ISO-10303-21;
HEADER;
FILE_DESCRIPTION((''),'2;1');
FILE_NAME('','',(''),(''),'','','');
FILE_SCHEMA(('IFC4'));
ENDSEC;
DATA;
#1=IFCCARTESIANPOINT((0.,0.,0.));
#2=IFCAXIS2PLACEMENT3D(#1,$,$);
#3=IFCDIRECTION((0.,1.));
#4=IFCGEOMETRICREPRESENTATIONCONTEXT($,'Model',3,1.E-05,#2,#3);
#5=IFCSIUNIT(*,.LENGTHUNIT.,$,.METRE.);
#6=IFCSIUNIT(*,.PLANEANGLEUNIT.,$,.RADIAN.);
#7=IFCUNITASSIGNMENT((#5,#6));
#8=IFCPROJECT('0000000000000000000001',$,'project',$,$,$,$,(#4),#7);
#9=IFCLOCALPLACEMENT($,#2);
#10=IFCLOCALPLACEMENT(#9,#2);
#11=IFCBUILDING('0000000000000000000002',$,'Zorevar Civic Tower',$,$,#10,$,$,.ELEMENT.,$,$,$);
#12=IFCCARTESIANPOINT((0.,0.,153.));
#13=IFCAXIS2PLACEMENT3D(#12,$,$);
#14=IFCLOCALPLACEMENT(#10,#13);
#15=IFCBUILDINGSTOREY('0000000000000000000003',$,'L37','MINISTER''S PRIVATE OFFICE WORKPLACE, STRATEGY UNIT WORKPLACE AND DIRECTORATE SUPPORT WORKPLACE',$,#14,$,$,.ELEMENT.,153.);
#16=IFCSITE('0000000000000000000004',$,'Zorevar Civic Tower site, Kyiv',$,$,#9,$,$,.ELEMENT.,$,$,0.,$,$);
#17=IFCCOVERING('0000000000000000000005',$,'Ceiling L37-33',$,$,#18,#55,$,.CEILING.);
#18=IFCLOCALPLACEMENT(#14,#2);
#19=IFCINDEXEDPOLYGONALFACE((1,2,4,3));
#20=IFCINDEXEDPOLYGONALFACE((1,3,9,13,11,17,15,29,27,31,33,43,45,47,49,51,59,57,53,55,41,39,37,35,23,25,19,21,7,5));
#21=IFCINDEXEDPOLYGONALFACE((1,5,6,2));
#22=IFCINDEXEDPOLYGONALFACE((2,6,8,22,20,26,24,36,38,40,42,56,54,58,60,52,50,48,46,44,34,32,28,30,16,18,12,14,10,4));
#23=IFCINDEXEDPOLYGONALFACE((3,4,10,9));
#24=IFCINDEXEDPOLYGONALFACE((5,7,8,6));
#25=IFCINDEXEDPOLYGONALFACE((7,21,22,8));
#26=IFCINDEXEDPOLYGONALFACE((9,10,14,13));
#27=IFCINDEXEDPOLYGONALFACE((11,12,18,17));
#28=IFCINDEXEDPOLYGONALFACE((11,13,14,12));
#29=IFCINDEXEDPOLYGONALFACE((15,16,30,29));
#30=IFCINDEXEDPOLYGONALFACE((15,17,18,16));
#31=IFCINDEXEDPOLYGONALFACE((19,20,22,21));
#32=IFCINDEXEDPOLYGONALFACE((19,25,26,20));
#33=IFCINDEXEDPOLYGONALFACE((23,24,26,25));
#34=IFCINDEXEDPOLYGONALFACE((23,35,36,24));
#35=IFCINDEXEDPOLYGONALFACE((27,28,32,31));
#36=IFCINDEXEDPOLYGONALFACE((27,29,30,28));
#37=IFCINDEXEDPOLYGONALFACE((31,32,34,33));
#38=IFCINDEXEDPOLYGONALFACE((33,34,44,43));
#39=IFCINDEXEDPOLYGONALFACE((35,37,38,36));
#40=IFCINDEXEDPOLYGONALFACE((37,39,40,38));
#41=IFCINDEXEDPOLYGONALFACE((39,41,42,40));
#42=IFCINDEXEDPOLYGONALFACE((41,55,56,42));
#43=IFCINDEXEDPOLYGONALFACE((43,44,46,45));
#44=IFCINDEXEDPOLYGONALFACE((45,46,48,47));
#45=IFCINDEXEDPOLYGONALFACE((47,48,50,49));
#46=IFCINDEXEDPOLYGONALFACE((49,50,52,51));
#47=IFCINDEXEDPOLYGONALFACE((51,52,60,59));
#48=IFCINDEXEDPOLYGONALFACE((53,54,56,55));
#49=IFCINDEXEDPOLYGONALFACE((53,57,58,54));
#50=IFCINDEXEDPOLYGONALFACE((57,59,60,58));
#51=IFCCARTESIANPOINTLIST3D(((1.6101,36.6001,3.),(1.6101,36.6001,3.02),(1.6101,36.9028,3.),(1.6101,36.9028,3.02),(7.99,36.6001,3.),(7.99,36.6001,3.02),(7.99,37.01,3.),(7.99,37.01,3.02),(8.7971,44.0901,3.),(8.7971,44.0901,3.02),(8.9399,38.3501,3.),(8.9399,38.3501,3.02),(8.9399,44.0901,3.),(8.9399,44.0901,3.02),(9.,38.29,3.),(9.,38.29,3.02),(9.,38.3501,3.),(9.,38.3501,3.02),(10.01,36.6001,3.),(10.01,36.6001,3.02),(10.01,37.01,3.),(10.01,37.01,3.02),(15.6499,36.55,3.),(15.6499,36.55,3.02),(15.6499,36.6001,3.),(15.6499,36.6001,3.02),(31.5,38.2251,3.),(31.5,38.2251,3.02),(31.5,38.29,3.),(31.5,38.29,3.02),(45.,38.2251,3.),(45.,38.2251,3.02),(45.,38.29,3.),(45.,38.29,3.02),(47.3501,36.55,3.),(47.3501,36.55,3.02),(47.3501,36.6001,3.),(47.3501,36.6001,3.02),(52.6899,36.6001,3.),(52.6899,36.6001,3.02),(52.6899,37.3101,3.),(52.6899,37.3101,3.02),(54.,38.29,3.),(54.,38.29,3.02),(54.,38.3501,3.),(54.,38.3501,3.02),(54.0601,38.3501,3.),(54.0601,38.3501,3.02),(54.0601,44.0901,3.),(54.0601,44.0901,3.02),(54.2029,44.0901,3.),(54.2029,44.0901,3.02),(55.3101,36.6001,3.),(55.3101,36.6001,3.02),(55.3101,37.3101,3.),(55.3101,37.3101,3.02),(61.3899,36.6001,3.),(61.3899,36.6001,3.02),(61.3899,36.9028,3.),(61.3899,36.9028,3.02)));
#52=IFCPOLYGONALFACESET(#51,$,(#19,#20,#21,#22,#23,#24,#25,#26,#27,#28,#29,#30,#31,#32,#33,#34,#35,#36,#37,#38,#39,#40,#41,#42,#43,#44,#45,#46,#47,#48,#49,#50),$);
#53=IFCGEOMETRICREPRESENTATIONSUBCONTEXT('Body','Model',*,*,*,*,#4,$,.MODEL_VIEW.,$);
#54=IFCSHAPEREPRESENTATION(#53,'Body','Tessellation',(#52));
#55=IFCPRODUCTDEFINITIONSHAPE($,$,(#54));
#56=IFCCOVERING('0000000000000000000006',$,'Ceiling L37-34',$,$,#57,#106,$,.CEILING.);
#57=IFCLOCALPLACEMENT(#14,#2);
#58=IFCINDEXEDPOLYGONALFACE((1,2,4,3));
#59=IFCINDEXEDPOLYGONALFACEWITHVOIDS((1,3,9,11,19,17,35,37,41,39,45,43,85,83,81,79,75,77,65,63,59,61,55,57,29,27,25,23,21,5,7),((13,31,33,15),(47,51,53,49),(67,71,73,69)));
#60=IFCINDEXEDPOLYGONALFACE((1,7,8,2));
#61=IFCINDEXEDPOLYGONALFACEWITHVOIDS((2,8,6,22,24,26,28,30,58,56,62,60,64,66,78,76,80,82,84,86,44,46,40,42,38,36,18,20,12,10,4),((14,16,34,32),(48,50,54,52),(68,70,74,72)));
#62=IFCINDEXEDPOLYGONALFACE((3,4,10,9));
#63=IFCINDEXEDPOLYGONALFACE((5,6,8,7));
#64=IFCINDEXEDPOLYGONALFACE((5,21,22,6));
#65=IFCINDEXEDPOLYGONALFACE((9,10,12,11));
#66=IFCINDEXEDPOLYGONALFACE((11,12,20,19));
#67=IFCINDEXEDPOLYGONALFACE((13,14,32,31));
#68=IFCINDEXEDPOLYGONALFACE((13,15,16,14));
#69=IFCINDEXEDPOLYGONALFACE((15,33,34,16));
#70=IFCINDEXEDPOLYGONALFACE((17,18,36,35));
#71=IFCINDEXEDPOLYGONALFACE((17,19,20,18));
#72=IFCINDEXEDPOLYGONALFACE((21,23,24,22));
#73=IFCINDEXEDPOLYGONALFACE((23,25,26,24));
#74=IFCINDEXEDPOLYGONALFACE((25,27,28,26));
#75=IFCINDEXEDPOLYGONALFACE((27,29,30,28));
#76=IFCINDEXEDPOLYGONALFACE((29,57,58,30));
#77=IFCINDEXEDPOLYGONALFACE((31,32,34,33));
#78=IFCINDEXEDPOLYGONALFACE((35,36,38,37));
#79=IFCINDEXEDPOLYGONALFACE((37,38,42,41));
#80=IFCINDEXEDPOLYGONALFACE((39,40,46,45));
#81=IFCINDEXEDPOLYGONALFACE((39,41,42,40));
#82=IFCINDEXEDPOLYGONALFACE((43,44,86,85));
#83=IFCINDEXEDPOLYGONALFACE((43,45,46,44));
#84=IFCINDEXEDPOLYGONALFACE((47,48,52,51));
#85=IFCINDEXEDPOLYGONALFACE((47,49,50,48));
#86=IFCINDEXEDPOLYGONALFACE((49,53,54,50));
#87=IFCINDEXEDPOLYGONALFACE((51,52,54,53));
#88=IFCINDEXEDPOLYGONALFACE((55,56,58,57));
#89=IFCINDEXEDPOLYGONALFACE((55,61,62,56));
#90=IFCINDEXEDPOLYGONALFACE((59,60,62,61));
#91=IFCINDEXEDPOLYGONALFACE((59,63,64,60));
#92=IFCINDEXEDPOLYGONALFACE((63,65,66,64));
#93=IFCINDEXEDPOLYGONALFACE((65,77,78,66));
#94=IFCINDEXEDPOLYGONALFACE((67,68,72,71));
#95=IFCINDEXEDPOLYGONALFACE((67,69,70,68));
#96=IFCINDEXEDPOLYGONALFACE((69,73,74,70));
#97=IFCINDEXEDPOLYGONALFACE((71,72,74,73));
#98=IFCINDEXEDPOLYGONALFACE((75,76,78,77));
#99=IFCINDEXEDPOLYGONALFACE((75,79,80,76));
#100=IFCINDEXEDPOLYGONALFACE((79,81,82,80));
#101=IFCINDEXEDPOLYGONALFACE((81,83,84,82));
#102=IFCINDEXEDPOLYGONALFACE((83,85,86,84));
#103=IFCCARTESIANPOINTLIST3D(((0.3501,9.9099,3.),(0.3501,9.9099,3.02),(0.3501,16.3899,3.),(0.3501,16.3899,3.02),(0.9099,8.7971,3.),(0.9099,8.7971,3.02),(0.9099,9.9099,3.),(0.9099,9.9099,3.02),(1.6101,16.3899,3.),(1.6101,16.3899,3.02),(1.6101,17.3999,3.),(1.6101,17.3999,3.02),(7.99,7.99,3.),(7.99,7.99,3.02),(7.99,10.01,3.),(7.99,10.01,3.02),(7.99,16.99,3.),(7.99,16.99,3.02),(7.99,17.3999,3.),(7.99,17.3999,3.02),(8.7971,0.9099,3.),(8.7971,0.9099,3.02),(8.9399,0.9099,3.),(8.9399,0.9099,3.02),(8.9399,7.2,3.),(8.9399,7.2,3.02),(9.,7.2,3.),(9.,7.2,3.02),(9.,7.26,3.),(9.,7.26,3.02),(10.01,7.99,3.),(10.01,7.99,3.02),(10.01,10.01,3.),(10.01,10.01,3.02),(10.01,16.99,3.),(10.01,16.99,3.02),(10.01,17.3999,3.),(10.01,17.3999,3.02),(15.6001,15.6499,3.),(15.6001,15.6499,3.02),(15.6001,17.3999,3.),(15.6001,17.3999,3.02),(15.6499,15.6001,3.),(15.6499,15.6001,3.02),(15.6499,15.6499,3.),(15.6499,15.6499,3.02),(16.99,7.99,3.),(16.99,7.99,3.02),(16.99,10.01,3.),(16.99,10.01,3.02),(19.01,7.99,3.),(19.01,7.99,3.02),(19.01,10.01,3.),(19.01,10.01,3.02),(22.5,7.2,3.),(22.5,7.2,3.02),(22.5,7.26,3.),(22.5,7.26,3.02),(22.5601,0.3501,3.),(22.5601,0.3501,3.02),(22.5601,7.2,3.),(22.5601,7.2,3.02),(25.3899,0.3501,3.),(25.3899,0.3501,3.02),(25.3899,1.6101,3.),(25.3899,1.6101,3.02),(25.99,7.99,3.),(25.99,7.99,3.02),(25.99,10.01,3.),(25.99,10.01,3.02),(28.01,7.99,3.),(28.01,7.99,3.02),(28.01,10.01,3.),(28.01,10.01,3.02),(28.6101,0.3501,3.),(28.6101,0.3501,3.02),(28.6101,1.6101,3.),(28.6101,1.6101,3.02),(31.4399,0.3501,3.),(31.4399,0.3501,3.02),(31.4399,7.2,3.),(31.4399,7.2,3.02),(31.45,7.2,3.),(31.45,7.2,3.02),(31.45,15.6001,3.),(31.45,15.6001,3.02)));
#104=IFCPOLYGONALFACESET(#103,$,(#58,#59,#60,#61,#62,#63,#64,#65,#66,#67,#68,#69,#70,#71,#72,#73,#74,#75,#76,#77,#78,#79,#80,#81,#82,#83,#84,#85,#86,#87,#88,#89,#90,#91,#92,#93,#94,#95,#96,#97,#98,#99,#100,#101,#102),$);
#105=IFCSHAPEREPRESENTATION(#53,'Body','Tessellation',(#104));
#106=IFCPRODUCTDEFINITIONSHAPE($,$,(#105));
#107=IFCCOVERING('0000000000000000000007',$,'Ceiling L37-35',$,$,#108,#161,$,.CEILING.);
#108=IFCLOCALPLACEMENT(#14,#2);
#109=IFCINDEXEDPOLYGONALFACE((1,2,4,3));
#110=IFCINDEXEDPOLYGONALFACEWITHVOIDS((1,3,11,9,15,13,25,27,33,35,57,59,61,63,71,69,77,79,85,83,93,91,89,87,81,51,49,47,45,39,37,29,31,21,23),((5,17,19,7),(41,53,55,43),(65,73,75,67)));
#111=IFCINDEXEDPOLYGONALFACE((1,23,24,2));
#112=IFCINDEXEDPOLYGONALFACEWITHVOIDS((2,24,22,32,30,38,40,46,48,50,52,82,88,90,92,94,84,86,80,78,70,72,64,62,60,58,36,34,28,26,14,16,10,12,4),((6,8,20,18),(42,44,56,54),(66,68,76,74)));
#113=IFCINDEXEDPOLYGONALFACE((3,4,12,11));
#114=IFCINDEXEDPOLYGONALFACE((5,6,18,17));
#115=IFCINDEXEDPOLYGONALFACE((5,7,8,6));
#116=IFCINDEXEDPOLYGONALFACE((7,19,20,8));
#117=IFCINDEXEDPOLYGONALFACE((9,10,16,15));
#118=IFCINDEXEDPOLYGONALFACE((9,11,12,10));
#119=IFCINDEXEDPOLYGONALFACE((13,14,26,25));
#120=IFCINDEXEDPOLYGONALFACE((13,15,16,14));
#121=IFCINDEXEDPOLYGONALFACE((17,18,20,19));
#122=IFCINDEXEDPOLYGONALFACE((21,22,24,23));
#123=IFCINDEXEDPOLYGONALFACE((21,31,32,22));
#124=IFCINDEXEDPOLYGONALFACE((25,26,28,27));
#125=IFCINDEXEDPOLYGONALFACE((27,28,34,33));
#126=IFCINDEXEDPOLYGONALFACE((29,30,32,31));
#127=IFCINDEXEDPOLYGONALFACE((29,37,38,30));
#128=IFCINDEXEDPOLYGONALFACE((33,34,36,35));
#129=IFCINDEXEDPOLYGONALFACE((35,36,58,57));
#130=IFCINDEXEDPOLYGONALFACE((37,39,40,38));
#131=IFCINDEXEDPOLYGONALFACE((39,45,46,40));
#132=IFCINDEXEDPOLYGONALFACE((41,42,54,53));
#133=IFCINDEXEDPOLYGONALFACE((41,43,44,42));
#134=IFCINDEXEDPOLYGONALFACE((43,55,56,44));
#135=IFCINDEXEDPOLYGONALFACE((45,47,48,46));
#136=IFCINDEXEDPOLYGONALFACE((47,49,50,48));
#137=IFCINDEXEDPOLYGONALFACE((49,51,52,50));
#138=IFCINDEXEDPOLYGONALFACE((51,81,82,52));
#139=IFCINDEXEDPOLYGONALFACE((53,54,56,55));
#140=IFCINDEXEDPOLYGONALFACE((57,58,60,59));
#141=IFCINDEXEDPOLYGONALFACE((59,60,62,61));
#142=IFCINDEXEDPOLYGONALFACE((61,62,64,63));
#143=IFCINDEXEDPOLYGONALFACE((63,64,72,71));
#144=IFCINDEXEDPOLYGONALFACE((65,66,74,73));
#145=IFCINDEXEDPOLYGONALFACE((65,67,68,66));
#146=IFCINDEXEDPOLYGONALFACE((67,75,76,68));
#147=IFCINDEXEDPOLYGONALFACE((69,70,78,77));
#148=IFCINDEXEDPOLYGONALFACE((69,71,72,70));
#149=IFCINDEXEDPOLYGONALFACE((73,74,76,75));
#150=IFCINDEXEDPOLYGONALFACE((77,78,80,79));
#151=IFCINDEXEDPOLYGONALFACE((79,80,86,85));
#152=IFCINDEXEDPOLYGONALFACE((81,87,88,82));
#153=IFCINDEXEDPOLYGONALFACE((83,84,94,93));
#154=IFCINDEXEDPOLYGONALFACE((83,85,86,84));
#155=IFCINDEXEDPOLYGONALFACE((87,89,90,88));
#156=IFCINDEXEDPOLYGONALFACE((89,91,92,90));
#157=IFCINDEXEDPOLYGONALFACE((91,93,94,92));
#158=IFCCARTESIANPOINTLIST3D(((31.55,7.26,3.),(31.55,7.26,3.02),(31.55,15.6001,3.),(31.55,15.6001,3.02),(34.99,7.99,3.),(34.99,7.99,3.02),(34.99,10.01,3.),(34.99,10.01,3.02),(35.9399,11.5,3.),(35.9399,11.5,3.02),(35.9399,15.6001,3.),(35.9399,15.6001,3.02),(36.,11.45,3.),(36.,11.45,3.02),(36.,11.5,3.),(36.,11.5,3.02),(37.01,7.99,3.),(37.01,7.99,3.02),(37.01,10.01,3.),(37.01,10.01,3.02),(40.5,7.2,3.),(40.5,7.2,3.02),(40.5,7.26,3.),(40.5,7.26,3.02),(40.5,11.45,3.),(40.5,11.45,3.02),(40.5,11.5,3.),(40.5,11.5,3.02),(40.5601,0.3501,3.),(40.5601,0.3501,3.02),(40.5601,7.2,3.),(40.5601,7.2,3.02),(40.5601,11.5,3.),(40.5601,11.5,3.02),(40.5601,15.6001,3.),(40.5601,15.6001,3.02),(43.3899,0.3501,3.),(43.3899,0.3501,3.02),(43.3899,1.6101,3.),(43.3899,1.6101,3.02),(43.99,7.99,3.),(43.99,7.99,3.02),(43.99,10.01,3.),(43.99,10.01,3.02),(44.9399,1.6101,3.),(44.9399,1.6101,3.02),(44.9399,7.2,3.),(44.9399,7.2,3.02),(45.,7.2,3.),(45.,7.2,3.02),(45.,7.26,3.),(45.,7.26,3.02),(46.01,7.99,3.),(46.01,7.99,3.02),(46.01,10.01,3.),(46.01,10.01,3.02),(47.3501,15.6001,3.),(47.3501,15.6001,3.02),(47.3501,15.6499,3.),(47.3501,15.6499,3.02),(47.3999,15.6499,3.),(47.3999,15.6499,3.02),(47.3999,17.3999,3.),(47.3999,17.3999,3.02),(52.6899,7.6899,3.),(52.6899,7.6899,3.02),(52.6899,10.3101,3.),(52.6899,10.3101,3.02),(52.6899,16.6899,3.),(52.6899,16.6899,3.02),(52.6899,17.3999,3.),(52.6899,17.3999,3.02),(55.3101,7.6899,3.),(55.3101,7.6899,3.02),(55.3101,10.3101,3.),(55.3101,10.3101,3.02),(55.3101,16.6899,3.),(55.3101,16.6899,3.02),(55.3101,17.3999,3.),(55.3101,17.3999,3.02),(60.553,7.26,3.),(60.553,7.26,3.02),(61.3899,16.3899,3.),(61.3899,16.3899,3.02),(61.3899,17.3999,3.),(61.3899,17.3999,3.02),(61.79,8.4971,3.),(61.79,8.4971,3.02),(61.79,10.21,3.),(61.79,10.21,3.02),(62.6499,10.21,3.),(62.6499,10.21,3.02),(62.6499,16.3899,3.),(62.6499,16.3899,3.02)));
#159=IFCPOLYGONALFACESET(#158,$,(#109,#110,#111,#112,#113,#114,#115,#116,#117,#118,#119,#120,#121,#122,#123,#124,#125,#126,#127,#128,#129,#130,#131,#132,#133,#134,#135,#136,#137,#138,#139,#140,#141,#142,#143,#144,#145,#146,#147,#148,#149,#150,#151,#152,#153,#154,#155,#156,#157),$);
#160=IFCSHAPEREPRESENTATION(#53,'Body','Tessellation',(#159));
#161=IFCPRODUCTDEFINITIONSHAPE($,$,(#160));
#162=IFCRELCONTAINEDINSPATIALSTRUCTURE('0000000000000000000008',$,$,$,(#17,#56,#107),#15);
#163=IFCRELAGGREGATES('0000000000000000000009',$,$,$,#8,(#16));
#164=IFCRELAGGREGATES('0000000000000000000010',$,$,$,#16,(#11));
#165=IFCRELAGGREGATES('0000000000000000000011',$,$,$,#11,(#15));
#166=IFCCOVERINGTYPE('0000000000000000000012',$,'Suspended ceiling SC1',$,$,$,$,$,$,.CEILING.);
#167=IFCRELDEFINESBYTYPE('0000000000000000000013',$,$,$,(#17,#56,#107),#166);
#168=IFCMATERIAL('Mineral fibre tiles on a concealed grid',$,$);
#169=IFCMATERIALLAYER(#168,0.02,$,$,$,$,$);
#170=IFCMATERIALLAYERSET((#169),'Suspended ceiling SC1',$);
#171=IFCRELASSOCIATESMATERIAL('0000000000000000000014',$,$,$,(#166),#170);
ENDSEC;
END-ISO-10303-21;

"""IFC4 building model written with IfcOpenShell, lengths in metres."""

from ifc_helpers import new_model, si_unit, direction, frame, origin, place, context, subcontext, project, spatial, polyline, outline, extrude, material, layer, layer_set, type_object, element, save


model = new_model("IFC4")

# Units and contexts
model_context = context("Model", 3, precision=1e-05, world=origin(), true_north=direction((0.0, 1.0)))
body_context = subcontext(model_context, "Body", "Model", "MODEL_VIEW")
ifc_project = project(units=[si_unit("LENGTHUNIT", "METRE"), si_unit("PLANEANGLEUNIT", "RADIAN")], contexts=[model_context])

# Site, building, storey
site_placement = place(None, origin())
site = spatial("IfcSite", under=ifc_project, at=site_placement, Name="Zorevar Civic Tower site, Kyiv", CompositionType="ELEMENT", RefElevation=0.0)
building_placement = place(site_placement, origin())
building = spatial("IfcBuilding", under=site, at=building_placement, Name="Zorevar Civic Tower", CompositionType="ELEMENT")
storey_placement = place(building_placement, frame((0.0, 0.0, 153.0)))
storey = spatial("IfcBuildingStorey", under=building, at=storey_placement, Name="L37", Description="MINISTER'S PRIVATE OFFICE WORKPLACE, STRATEGY UNIT WORKPLACE AND DIRECTORATE SUPPORT WORKPLACE", CompositionType="ELEMENT", Elevation=153.0)

# Coverings
ifc_material_1 = material(Name="Mineral fibre tiles on a concealed grid")
ifc_layer_1 = layer(ifc_material_1, 0.02)
ifc_layer_set_1 = layer_set([ifc_layer_1], Name="Suspended ceiling SC1")
covering_type = type_object("IfcCoveringType", Name="Suspended ceiling SC1", PredefinedType="CEILING", material=ifc_layer_set_1)
covering_1_placement = place(storey_placement, frame((0.0, 0.0, 3.0)))
element("IfcCovering", 1, at=covering_1_placement, inside=storey, type_object=covering_type, Name="Ceiling L37-33", PredefinedType="CEILING", context=body_context, shape_type="SweptSolid", body=[
    extrude(outline(polyline([(8.9399, 44.0901), (8.9399, 38.3501), (9.0, 38.3501), (9.0, 38.29), (31.5, 38.29), (31.5, 38.2251), (45.0, 38.2251), (45.0, 38.29), (54.0, 38.29), (54.0, 38.3501), (54.0601, 38.3501), (54.0601, 44.0901), (54.2029, 44.0901), (61.3899, 36.9028), (61.3899, 36.6001), (55.3101, 36.6001), (55.3101, 37.3101), (52.6899, 37.3101), (52.6899, 36.6001), (47.3501, 36.6001), (47.3501, 36.55), (15.6499, 36.55), (15.6499, 36.6001), (10.01, 36.6001), (10.01, 37.01), (7.99, 37.01), (7.99, 36.6001), (1.6101, 36.6001), (1.6101, 36.9028), (8.7971, 44.0901), (8.9399, 44.0901)])), origin(), (0.0, 0.0, 1.0), 0.02),
])
covering_2_placement = place(storey_placement, frame((0.0, 0.0, 3.0)))
element("IfcCovering", 2, at=covering_2_placement, inside=storey, type_object=covering_type, Name="Ceiling L37-34", PredefinedType="CEILING", context=body_context, shape_type="SweptSolid", body=[
    extrude(outline(polyline([(0.9099, 9.9099), (0.3501, 9.9099), (0.3501, 16.3899), (1.6101, 16.3899), (1.6101, 17.3999), (7.99, 17.3999), (7.99, 16.99), (10.01, 16.99), (10.01, 17.3999), (15.6001, 17.3999), (15.6001, 15.6499), (15.6499, 15.6499), (15.6499, 15.6001), (31.45, 15.6001), (31.45, 7.2), (31.4399, 7.2), (31.4399, 0.3501), (28.6101, 0.3501), (28.6101, 1.6101), (25.3899, 1.6101), (25.3899, 0.3501), (22.5601, 0.3501), (22.5601, 7.2), (22.5, 7.2), (22.5, 7.26), (9.0, 7.26), (9.0, 7.2), (8.9399, 7.2), (8.9399, 0.9099), (8.7971, 0.9099), (0.9099, 8.7971), (0.9099, 9.9099)]), holes=[polyline([(7.99, 10.01), (7.99, 7.99), (10.01, 7.99), (10.01, 10.01), (7.99, 10.01)]), polyline([(19.01, 7.99), (19.01, 10.01), (16.99, 10.01), (16.99, 7.99), (19.01, 7.99)]), polyline([(25.99, 10.01), (25.99, 7.99), (28.01, 7.99), (28.01, 10.01), (25.99, 10.01)])]), origin(), (0.0, 0.0, 1.0), 0.02),
])
covering_3_placement = place(storey_placement, frame((0.0, 0.0, 3.0)))
element("IfcCovering", 3, at=covering_3_placement, inside=storey, type_object=covering_type, Name="Ceiling L37-35", PredefinedType="CEILING", context=body_context, shape_type="SweptSolid", body=[
    extrude(outline(polyline([(47.3999, 15.6499), (47.3999, 17.3999), (52.6899, 17.3999), (52.6899, 16.6899), (55.3101, 16.6899), (55.3101, 17.3999), (61.3899, 17.3999), (61.3899, 16.3899), (62.6499, 16.3899), (62.6499, 10.21), (61.79, 10.21), (61.79, 8.4971), (60.553, 7.26), (45.0, 7.26), (45.0, 7.2), (44.9399, 7.2), (44.9399, 1.6101), (43.3899, 1.6101), (43.3899, 0.3501), (40.5601, 0.3501), (40.5601, 7.2), (40.5, 7.2), (40.5, 7.26), (31.55, 7.26), (31.55, 15.6001), (35.9399, 15.6001), (35.9399, 11.5), (36.0, 11.5), (36.0, 11.45), (40.5, 11.45), (40.5, 11.5), (40.5601, 11.5), (40.5601, 15.6001), (47.3501, 15.6001), (47.3501, 15.6499), (47.3999, 15.6499)]), holes=[polyline([(37.01, 7.99), (37.01, 10.01), (34.99, 10.01), (34.99, 7.99), (37.01, 7.99)]), polyline([(43.99, 10.01), (43.99, 7.99), (46.01, 7.99), (46.01, 10.01), (43.99, 10.01)]), polyline([(55.3101, 10.3101), (52.6899, 10.3101), (52.6899, 7.6899), (55.3101, 7.6899), (55.3101, 10.3101)])]), origin(), (0.0, 0.0, 1.0), 0.02),
])

save(model, "model.ifc")
